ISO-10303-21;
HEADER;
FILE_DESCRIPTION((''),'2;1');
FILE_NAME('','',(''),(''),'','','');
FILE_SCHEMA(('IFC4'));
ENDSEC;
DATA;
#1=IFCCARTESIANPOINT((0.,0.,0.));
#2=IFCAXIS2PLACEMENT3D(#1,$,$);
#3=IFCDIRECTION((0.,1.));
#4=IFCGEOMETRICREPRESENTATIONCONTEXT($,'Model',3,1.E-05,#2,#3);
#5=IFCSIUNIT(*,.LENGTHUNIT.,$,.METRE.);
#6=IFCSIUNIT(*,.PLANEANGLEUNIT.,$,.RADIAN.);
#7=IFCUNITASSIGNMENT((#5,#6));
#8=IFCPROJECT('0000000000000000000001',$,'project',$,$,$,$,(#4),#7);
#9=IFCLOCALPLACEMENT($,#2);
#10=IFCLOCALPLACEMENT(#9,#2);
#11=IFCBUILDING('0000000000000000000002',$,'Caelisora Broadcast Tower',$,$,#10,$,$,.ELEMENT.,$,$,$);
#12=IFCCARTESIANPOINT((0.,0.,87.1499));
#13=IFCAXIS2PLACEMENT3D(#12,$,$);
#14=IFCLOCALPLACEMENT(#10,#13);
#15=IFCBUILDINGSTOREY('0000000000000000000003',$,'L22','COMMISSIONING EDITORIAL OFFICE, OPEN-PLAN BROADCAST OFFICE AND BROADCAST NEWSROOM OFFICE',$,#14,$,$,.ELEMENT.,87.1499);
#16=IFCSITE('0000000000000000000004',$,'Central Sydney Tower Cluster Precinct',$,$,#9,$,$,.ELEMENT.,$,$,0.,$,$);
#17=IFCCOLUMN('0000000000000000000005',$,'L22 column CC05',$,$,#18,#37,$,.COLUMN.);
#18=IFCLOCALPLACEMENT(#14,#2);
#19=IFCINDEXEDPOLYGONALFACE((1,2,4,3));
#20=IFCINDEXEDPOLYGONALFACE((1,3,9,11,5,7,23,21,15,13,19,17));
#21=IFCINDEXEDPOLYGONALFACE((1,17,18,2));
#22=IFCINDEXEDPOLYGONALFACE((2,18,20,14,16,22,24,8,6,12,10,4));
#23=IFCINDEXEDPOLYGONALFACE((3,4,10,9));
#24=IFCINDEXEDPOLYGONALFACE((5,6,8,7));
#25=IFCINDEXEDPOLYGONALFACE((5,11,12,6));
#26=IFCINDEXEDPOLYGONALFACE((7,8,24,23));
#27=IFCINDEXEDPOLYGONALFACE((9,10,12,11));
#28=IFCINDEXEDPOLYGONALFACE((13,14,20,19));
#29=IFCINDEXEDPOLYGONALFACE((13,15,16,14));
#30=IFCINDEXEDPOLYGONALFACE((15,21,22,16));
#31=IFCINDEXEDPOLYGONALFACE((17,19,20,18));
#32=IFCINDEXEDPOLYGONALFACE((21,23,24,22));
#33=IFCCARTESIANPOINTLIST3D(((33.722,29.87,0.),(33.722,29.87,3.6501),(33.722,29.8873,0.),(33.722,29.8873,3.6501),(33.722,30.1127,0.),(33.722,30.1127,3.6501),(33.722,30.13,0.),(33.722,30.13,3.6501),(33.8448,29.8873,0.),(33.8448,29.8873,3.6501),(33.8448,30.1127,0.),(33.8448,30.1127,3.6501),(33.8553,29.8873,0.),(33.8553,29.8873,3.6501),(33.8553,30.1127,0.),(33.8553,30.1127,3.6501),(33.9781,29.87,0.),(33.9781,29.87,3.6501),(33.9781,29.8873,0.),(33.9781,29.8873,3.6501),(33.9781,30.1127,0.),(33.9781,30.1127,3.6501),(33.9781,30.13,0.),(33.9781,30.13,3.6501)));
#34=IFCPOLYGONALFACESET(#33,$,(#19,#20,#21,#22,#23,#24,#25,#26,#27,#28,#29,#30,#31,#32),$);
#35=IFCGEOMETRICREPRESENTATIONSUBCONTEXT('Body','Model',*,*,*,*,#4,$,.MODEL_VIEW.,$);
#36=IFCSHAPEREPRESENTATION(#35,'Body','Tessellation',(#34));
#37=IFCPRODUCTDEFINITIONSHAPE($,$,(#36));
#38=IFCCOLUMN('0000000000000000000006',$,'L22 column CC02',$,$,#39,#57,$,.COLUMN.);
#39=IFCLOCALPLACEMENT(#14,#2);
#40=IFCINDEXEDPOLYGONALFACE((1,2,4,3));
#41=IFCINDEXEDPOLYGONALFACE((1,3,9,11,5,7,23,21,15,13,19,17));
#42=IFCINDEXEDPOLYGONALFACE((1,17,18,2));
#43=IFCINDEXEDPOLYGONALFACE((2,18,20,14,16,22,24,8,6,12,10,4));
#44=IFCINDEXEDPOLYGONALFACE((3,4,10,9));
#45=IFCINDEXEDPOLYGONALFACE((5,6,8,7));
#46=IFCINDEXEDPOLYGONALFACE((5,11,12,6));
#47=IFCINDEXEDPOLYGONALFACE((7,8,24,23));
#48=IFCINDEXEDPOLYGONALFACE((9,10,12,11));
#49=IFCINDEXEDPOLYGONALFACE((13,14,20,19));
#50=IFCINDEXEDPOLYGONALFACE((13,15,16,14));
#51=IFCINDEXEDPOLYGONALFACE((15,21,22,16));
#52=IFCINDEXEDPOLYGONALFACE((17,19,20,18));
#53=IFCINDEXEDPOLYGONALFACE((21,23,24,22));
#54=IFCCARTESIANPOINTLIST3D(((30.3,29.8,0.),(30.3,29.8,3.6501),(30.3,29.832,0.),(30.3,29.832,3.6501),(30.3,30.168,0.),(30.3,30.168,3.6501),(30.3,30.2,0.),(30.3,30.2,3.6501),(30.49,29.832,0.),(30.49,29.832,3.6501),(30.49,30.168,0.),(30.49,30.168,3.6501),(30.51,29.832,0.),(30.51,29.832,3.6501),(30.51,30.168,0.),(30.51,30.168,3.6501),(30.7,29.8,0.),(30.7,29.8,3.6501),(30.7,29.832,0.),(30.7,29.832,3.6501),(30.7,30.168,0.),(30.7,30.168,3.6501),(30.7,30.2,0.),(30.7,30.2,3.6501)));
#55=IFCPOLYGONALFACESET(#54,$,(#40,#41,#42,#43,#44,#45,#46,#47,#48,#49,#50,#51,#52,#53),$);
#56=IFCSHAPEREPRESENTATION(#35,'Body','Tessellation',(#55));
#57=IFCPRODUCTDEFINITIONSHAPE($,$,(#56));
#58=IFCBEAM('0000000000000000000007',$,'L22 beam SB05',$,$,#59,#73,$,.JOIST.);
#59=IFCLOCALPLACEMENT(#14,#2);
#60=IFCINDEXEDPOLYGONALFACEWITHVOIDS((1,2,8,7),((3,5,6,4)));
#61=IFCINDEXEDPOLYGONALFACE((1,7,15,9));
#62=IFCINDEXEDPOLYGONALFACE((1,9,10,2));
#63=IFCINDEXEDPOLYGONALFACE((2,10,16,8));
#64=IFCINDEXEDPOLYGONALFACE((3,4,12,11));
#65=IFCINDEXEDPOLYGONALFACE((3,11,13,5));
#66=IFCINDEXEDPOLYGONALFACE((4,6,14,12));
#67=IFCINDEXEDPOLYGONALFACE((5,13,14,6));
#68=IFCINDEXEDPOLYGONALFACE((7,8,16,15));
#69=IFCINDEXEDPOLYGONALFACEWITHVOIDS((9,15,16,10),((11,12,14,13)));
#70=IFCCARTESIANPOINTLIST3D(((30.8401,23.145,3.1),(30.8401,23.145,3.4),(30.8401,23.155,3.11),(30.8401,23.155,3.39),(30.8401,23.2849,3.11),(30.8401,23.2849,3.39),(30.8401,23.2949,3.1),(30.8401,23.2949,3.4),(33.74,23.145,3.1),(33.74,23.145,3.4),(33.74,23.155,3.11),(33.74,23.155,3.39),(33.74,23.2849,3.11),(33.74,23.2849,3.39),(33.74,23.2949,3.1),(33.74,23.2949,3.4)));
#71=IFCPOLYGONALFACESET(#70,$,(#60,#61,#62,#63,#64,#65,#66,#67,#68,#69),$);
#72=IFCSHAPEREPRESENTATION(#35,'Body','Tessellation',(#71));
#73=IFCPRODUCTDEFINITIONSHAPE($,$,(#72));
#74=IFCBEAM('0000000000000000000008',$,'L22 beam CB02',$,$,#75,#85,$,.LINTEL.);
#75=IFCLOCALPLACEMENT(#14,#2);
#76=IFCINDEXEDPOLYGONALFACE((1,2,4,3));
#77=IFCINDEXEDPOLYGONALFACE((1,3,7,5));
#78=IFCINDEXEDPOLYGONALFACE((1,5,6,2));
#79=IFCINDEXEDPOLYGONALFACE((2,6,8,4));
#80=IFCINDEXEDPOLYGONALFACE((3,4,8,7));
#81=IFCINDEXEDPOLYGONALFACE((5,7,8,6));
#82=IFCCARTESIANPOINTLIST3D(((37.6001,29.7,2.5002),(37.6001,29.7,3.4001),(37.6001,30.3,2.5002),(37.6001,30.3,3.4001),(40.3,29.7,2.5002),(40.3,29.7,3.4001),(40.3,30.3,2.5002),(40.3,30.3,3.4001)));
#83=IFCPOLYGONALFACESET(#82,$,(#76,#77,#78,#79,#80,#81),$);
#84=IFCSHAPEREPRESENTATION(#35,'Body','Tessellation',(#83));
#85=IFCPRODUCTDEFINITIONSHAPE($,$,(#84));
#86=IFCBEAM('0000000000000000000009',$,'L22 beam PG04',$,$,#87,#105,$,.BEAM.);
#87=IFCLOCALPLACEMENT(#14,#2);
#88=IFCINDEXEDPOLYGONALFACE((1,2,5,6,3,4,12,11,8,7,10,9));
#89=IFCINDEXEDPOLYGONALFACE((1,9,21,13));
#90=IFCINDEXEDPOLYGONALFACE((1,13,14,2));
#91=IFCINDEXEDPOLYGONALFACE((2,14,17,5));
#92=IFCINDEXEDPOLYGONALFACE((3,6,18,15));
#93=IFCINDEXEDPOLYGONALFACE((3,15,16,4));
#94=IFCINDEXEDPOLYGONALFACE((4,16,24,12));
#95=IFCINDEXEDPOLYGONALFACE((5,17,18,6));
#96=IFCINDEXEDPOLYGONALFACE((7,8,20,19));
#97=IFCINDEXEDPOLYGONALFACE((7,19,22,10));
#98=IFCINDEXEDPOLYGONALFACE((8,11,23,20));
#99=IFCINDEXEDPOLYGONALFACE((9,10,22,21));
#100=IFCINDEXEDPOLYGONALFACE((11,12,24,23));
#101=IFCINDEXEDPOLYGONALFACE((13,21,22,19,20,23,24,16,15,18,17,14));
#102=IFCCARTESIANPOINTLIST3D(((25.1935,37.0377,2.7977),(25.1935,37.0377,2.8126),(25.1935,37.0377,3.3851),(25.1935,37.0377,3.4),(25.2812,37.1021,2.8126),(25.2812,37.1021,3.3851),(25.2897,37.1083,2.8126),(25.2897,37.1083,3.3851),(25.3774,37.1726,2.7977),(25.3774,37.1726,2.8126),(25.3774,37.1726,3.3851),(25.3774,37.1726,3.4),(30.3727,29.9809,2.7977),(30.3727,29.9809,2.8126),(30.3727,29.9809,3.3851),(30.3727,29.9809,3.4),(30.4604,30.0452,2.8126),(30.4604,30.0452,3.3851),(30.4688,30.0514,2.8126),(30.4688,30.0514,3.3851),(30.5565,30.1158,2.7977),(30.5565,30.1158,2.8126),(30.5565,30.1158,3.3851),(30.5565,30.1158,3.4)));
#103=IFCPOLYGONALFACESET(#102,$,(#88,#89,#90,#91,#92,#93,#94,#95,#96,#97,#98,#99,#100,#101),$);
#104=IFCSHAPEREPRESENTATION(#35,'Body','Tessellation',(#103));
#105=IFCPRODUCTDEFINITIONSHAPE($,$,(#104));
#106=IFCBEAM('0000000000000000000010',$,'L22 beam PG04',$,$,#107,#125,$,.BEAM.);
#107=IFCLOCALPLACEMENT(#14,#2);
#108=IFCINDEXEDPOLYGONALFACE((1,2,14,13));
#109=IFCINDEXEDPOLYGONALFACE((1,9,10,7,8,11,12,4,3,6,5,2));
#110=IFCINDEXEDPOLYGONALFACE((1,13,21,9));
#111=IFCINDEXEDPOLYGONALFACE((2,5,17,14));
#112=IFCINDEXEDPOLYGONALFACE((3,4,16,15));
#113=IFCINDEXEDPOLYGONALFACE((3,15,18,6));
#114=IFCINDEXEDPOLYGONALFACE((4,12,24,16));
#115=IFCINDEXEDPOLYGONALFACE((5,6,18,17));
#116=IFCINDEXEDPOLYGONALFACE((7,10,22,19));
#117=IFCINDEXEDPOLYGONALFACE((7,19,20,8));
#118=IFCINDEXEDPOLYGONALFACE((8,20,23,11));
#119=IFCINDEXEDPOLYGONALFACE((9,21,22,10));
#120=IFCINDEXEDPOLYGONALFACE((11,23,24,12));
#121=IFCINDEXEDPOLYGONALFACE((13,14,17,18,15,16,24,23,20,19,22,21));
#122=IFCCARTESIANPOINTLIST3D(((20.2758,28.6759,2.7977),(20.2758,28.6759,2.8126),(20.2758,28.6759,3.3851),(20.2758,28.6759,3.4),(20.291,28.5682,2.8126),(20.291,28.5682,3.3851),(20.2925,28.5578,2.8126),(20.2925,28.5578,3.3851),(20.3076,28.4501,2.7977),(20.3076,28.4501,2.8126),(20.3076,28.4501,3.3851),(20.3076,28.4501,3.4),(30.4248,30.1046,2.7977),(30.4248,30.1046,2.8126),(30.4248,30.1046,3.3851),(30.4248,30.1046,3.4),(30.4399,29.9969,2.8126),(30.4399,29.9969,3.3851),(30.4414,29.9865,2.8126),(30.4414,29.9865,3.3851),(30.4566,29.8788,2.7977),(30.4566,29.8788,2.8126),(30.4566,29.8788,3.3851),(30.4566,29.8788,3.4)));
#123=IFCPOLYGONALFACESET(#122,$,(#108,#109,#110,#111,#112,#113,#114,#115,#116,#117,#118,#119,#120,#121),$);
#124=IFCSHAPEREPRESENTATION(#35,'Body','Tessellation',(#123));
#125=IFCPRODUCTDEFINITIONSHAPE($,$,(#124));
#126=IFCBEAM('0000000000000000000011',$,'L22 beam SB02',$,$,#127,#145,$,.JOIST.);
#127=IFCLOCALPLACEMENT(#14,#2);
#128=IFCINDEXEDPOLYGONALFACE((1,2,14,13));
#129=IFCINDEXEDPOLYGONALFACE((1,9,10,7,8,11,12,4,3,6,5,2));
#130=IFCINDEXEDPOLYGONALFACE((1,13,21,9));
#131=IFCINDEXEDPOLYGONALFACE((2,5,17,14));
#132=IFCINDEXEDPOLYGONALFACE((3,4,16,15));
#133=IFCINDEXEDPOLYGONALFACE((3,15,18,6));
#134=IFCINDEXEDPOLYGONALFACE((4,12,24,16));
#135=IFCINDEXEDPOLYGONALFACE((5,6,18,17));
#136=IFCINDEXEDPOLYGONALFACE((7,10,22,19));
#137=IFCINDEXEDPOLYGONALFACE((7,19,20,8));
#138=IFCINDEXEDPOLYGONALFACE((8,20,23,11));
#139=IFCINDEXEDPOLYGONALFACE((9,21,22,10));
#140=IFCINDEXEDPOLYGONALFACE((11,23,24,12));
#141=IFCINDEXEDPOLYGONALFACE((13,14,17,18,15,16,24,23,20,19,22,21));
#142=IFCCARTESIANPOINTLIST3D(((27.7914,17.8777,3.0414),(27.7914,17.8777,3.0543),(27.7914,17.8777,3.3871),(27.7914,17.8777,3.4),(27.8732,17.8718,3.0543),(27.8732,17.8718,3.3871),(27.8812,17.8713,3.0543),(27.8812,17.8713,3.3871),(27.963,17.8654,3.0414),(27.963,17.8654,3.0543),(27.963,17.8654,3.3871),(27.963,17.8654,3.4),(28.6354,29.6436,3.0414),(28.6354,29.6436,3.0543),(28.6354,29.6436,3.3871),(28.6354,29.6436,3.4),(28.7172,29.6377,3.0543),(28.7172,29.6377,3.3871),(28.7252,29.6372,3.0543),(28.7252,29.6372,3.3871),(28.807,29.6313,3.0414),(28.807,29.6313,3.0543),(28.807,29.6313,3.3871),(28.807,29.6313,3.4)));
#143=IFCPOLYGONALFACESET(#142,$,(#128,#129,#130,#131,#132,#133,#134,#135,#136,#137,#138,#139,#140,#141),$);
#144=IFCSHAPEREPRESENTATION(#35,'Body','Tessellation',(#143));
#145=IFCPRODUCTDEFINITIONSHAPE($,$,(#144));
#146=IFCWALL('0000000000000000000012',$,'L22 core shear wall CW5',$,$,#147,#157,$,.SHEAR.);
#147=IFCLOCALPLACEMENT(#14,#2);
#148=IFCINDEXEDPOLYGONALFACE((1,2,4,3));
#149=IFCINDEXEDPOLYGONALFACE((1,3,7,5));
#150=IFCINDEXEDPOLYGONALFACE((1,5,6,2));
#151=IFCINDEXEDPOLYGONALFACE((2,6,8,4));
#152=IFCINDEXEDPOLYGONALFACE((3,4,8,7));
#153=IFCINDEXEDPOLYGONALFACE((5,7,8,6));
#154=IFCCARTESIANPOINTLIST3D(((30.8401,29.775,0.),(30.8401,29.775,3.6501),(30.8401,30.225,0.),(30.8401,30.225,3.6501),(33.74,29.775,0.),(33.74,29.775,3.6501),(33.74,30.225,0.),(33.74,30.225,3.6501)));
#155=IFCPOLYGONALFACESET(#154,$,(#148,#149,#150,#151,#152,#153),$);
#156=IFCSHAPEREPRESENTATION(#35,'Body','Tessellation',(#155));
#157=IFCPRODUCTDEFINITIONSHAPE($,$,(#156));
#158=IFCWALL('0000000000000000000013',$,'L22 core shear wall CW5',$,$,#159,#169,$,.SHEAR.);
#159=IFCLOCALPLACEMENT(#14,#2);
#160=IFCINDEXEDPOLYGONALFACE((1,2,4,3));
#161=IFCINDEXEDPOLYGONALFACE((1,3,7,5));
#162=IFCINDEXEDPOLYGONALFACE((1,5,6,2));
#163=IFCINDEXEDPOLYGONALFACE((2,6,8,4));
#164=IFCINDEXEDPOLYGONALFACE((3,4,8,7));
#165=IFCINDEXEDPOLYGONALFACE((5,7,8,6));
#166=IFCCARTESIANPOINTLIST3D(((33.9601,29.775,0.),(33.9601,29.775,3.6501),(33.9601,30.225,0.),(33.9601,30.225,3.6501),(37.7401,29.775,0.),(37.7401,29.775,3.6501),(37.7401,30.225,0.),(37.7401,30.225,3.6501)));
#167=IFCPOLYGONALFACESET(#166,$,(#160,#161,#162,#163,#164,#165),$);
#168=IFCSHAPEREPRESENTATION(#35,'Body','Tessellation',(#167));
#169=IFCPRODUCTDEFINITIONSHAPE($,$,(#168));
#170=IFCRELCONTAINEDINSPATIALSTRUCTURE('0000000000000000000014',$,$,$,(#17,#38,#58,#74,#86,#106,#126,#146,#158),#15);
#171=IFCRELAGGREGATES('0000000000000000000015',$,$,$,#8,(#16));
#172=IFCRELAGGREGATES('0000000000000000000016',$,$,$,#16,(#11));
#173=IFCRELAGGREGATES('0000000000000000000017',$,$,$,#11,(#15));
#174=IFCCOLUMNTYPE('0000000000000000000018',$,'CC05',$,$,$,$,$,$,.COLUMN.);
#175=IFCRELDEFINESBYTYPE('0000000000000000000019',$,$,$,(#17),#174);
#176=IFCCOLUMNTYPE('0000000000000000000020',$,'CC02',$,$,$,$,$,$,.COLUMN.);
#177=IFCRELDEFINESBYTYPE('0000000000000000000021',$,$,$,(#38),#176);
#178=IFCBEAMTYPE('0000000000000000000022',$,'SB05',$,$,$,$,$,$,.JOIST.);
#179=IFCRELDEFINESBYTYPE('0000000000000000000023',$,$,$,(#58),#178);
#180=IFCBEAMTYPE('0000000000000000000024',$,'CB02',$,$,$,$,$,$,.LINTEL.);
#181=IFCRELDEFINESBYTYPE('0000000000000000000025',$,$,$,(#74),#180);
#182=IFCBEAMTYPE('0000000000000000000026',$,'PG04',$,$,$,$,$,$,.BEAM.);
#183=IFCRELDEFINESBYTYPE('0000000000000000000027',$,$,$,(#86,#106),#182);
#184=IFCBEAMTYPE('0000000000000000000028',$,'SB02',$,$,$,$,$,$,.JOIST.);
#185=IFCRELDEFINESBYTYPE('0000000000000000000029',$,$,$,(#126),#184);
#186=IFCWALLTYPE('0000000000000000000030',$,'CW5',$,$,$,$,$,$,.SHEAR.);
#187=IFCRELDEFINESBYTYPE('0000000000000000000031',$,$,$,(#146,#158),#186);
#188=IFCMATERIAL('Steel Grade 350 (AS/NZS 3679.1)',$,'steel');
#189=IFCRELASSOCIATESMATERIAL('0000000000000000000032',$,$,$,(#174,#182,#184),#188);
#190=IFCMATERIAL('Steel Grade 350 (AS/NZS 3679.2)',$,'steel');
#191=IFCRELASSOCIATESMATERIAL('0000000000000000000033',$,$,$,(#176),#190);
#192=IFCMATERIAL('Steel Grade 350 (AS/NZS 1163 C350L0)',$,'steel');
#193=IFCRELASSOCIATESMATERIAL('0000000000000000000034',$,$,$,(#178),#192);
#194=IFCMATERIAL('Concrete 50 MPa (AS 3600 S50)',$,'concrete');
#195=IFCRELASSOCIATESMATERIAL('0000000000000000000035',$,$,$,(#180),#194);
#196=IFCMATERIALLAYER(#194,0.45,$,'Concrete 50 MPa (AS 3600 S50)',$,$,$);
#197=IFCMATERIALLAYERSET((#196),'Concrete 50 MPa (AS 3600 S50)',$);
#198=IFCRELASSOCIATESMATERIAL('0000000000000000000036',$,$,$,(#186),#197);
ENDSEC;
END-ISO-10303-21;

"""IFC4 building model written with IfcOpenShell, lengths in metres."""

from ifc_helpers import new_model, si_unit, direction, frame, frame_2d, origin, origin_2d, place, context, subcontext, project, spatial, rectangle, hollow_rectangle, i_section, extrude, source, transform, mapped, material, layer, layer_set, material_profile, profile_set, type_object, type_shapes, element, save


model = new_model("IFC4")

# Units and contexts
model_context = context("Model", 3, precision=1e-05, world=origin(), true_north=direction((0.0, 1.0)))
body_context = subcontext(model_context, "Body", "Model", "MODEL_VIEW")
ifc_project = project(units=[si_unit("LENGTHUNIT", "METRE"), si_unit("PLANEANGLEUNIT", "RADIAN")], contexts=[model_context])

# Site, building, storey
site_placement = place(None, origin())
site = spatial("IfcSite", under=ifc_project, at=site_placement, Name="Central Sydney Tower Cluster Precinct", CompositionType="ELEMENT", RefElevation=0.0)
building_placement = place(site_placement, origin())
building = spatial("IfcBuilding", under=site, at=building_placement, Name="Caelisora Broadcast Tower", CompositionType="ELEMENT")
storey_placement = place(building_placement, frame((0.0, 0.0, 87.1499)))
storey = spatial("IfcBuildingStorey", under=building, at=storey_placement, Name="L22", Description="COMMISSIONING EDITORIAL OFFICE, OPEN-PLAN BROADCAST OFFICE AND BROADCAST NEWSROOM OFFICE", CompositionType="ELEMENT", Elevation=87.1499)

# Columns
ifc_material_1 = material(Name="Steel Grade 350 (AS/NZS 3679.1)", Category="steel")
ifc_material_profile_1 = material_profile(ifc_material_1, i_section(OverallWidth=0.2561, OverallDepth=0.26, WebThickness=0.0105, FlangeThickness=0.0173, at=origin_2d()), Name="Steel Grade 350 (AS/NZS 3679.1)")
ifc_profile_set_1 = profile_set([ifc_material_profile_1], Name="Steel Grade 350 (AS/NZS 3679.1)")
column_type_1 = type_object("IfcColumnType", Name="CC05", PredefinedType="COLUMN", material=ifc_profile_set_1)
shared_shape_1 = source(origin(), body_context, "Body", "SweptSolid", [
    extrude(i_section(OverallWidth=0.2561, OverallDepth=0.26, WebThickness=0.0105, FlangeThickness=0.0173, at=origin_2d()), origin(), (0.0, 0.0, 1.0), 3.6501),
])
type_shapes(column_type_1, [shared_shape_1])
column_1_placement = place(storey_placement, frame((33.8501, 30.0, 0.0), z_axis=(0.0, 0.0, 1.0), x_axis=(1.0, 0.0, 0.0)))
element("IfcColumn", 1, at=column_1_placement, inside=storey, type_object=column_type_1, Name="L22 column CC05", PredefinedType="COLUMN", context=body_context, shape_type="MappedRepresentation", body=[
    mapped(shared_shape_1, transform((0.0, 0.0, 0.0), scale=1.0)),
])
ifc_material_2 = material(Name="Steel Grade 350 (AS/NZS 3679.2)", Category="steel")
ifc_material_profile_2 = material_profile(ifc_material_2, i_section(OverallWidth=0.3999, OverallDepth=0.3999, WebThickness=0.02, FlangeThickness=0.032, at=origin_2d()), Name="Steel Grade 350 (AS/NZS 3679.2)")
ifc_profile_set_2 = profile_set([ifc_material_profile_2], Name="Steel Grade 350 (AS/NZS 3679.2)")
column_type_2 = type_object("IfcColumnType", Name="CC02", PredefinedType="COLUMN", material=ifc_profile_set_2)
shared_shape_2 = source(origin(), body_context, "Body", "SweptSolid", [
    extrude(i_section(OverallWidth=0.3999, OverallDepth=0.3999, WebThickness=0.02, FlangeThickness=0.032, at=origin_2d()), origin(), (0.0, 0.0, 1.0), 3.6501),
])
type_shapes(column_type_2, [shared_shape_2])
column_2_placement = place(storey_placement, frame((30.5, 30.0, 0.0), z_axis=(0.0, 0.0, 1.0), x_axis=(1.0, 0.0, 0.0)))
element("IfcColumn", 2, at=column_2_placement, inside=storey, type_object=column_type_2, Name="L22 column CC02", PredefinedType="COLUMN", context=body_context, shape_type="MappedRepresentation", body=[
    mapped(shared_shape_2, transform((0.0, 0.0, 0.0), scale=1.0)),
])

# Beams
ifc_material_3 = material(Name="Steel Grade 350 (AS/NZS 1163 C350L0)", Category="steel")
ifc_material_profile_3 = material_profile(ifc_material_3, hollow_rectangle(XDim=0.1499, YDim=0.3, WallThickness=0.01, at=origin_2d()), Name="Steel Grade 350 (AS/NZS 1163 C350L0)")
ifc_profile_set_3 = profile_set([ifc_material_profile_3], Name="Steel Grade 350 (AS/NZS 1163 C350L0)")
beam_type_1 = type_object("IfcBeamType", Name="SB05", PredefinedType="JOIST", material=ifc_profile_set_3)
shared_shape_3 = source(origin(), body_context, "Body", "SweptSolid", [
    extrude(hollow_rectangle(XDim=0.1499, YDim=0.3, WallThickness=0.01, at=origin_2d()), origin(), (0.0, 0.0, 1.0), 2.8999),
])
type_shapes(beam_type_1, [shared_shape_3])
beam_1_placement = place(storey_placement, frame((30.8401, 23.22, 3.25), z_axis=(1.0, 0.0, 0.0), x_axis=(0.0, 1.0, 0.0)))
element("IfcBeam", 3, at=beam_1_placement, inside=storey, type_object=beam_type_1, Name="L22 beam SB05", PredefinedType="JOIST", context=body_context, shape_type="MappedRepresentation", body=[
    mapped(shared_shape_3, transform((0.0, 0.0, 0.0), scale=1.0)),
])
ifc_material_4 = material(Name="Concrete 50 MPa (AS 3600 S50)", Category="concrete")
ifc_material_profile_4 = material_profile(ifc_material_4, rectangle(XDim=0.6001, YDim=0.8999, at=origin_2d()), Name="Concrete 50 MPa (AS 3600 S50)")
ifc_profile_set_4 = profile_set([ifc_material_profile_4], Name="Concrete 50 MPa (AS 3600 S50)")
beam_type_2 = type_object("IfcBeamType", Name="CB02", PredefinedType="LINTEL", material=ifc_profile_set_4)
shared_shape_4 = source(origin(), body_context, "Body", "SweptSolid", [
    extrude(rectangle(XDim=0.6001, YDim=0.8999, at=origin_2d()), origin(), (0.0, 0.0, 1.0), 2.7),
])
type_shapes(beam_type_2, [shared_shape_4])
beam_2_placement = place(storey_placement, frame((37.6001, 30.0, 2.9502), z_axis=(1.0, 0.0, 0.0), x_axis=(0.0, 1.0, 0.0)))
element("IfcBeam", 4, at=beam_2_placement, inside=storey, type_object=beam_type_2, Name="L22 beam CB02", PredefinedType="LINTEL", context=body_context, shape_type="MappedRepresentation", body=[
    mapped(shared_shape_4, transform((0.0, 0.0, 0.0), scale=1.0)),
])
ifc_material_profile_5 = material_profile(ifc_material_1, i_section(OverallWidth=0.228, OverallDepth=0.6023, WebThickness=0.0105, FlangeThickness=0.0149, at=origin_2d()), Name="Steel Grade 350 (AS/NZS 3679.1)")
ifc_profile_set_5 = profile_set([ifc_material_profile_5], Name="Steel Grade 350 (AS/NZS 3679.1)")
beam_type_3 = type_object("IfcBeamType", Name="PG04", PredefinedType="BEAM", material=ifc_profile_set_5)
shared_shape_5 = source(origin(), body_context, "Body", "SweptSolid", [
    extrude(i_section(OverallWidth=0.228, OverallDepth=0.6023, WebThickness=0.0105, FlangeThickness=0.0149, at=origin_2d()), origin(), (0.0, 0.0, 1.0), 8.7534),
])
beam_3_placement = place(storey_placement, frame((30.4646, 30.0483, 3.0989), z_axis=(-0.591672, 0.806179, 0.0), x_axis=(-0.806179, -0.591672, 0.0)))
element("IfcBeam", 5, at=beam_3_placement, inside=storey, type_object=beam_type_3, Name="L22 beam PG04", PredefinedType="BEAM", context=body_context, shape_type="MappedRepresentation", body=[
    mapped(shared_shape_5, transform((0.0, 0.0, 0.0), scale=1.0)),
])
shared_shape_6 = source(origin(), body_context, "Body", "SweptSolid", [
    extrude(i_section(OverallWidth=0.228, OverallDepth=0.6023, WebThickness=0.0105, FlangeThickness=0.0149, at=origin_2d()), origin(), (0.0, 0.0, 1.0), 10.249),
])
type_shapes(beam_type_3, [shared_shape_5, shared_shape_6])
beam_4_placement = place(storey_placement, frame((30.4407, 29.9917, 3.0989), z_axis=(-0.990236, -0.1394, 0.0), x_axis=(0.1394, -0.990236, 0.0)))
element("IfcBeam", 6, at=beam_4_placement, inside=storey, type_object=beam_type_3, Name="L22 beam PG04", PredefinedType="BEAM", context=body_context, shape_type="MappedRepresentation", body=[
    mapped(shared_shape_6, transform((0.0, 0.0, 0.0), scale=1.0)),
])
ifc_material_profile_6 = material_profile(ifc_material_1, i_section(OverallWidth=0.1721, OverallDepth=0.3586, WebThickness=0.0081, FlangeThickness=0.0129, at=origin_2d()), Name="Steel Grade 350 (AS/NZS 3679.1)")
ifc_profile_set_6 = profile_set([ifc_material_profile_6], Name="Steel Grade 350 (AS/NZS 3679.1)")
beam_type_4 = type_object("IfcBeamType", Name="SB02", PredefinedType="JOIST", material=ifc_profile_set_6)
shared_shape_7 = source(origin(), body_context, "Body", "SweptSolid", [
    extrude(i_section(OverallWidth=0.1721, OverallDepth=0.3586, WebThickness=0.0081, FlangeThickness=0.0129, at=origin_2d()), origin(), (0.0, 0.0, 1.0), 11.7961),
])
type_shapes(beam_type_4, [shared_shape_7])
beam_5_placement = place(storey_placement, frame((28.7212, 29.6375, 3.2207), z_axis=(-0.071549, -0.997437, 0.0), x_axis=(0.997437, -0.071549, 0.0)))
element("IfcBeam", 7, at=beam_5_placement, inside=storey, type_object=beam_type_4, Name="L22 beam SB02", PredefinedType="JOIST", context=body_context, shape_type="MappedRepresentation", body=[
    mapped(shared_shape_7, transform((0.0, 0.0, 0.0), scale=1.0)),
])

# Walls
ifc_layer_1 = layer(ifc_material_4, 0.45, Name="Concrete 50 MPa (AS 3600 S50)")
ifc_layer_set_1 = layer_set([ifc_layer_1], Name="Concrete 50 MPa (AS 3600 S50)")
wall_type_1 = type_object("IfcWallType", Name="CW5", PredefinedType="SHEAR", material=ifc_layer_set_1)
wall_1_placement = place(storey_placement, frame((30.8401, 30.0, 0.0), z_axis=(0.0, 0.0, 1.0), x_axis=(1.0, 0.0, 0.0)))
element("IfcWall", 8, at=wall_1_placement, inside=storey, type_object=wall_type_1, Name="L22 core shear wall CW5", PredefinedType="SHEAR", context=body_context, shape_type="SweptSolid", body=[
    extrude(rectangle(XDim=2.8999, YDim=0.45, at=frame_2d((1.45, 0.0))), origin(), (0.0, 0.0, 1.0), 3.6501),
])
wall_2_placement = place(storey_placement, frame((33.96, 30.0, 0.0), z_axis=(0.0, 0.0, 1.0), x_axis=(1.0, 0.0, 0.0)))
element("IfcWall", 9, at=wall_2_placement, inside=storey, type_object=wall_type_1, Name="L22 core shear wall CW5", PredefinedType="SHEAR", context=body_context, shape_type="SweptSolid", body=[
    extrude(rectangle(XDim=3.78, YDim=0.45, at=frame_2d((1.8901, 0.0))), origin(), (0.0, 0.0, 1.0), 3.6501),
])

save(model, "model.ifc")
